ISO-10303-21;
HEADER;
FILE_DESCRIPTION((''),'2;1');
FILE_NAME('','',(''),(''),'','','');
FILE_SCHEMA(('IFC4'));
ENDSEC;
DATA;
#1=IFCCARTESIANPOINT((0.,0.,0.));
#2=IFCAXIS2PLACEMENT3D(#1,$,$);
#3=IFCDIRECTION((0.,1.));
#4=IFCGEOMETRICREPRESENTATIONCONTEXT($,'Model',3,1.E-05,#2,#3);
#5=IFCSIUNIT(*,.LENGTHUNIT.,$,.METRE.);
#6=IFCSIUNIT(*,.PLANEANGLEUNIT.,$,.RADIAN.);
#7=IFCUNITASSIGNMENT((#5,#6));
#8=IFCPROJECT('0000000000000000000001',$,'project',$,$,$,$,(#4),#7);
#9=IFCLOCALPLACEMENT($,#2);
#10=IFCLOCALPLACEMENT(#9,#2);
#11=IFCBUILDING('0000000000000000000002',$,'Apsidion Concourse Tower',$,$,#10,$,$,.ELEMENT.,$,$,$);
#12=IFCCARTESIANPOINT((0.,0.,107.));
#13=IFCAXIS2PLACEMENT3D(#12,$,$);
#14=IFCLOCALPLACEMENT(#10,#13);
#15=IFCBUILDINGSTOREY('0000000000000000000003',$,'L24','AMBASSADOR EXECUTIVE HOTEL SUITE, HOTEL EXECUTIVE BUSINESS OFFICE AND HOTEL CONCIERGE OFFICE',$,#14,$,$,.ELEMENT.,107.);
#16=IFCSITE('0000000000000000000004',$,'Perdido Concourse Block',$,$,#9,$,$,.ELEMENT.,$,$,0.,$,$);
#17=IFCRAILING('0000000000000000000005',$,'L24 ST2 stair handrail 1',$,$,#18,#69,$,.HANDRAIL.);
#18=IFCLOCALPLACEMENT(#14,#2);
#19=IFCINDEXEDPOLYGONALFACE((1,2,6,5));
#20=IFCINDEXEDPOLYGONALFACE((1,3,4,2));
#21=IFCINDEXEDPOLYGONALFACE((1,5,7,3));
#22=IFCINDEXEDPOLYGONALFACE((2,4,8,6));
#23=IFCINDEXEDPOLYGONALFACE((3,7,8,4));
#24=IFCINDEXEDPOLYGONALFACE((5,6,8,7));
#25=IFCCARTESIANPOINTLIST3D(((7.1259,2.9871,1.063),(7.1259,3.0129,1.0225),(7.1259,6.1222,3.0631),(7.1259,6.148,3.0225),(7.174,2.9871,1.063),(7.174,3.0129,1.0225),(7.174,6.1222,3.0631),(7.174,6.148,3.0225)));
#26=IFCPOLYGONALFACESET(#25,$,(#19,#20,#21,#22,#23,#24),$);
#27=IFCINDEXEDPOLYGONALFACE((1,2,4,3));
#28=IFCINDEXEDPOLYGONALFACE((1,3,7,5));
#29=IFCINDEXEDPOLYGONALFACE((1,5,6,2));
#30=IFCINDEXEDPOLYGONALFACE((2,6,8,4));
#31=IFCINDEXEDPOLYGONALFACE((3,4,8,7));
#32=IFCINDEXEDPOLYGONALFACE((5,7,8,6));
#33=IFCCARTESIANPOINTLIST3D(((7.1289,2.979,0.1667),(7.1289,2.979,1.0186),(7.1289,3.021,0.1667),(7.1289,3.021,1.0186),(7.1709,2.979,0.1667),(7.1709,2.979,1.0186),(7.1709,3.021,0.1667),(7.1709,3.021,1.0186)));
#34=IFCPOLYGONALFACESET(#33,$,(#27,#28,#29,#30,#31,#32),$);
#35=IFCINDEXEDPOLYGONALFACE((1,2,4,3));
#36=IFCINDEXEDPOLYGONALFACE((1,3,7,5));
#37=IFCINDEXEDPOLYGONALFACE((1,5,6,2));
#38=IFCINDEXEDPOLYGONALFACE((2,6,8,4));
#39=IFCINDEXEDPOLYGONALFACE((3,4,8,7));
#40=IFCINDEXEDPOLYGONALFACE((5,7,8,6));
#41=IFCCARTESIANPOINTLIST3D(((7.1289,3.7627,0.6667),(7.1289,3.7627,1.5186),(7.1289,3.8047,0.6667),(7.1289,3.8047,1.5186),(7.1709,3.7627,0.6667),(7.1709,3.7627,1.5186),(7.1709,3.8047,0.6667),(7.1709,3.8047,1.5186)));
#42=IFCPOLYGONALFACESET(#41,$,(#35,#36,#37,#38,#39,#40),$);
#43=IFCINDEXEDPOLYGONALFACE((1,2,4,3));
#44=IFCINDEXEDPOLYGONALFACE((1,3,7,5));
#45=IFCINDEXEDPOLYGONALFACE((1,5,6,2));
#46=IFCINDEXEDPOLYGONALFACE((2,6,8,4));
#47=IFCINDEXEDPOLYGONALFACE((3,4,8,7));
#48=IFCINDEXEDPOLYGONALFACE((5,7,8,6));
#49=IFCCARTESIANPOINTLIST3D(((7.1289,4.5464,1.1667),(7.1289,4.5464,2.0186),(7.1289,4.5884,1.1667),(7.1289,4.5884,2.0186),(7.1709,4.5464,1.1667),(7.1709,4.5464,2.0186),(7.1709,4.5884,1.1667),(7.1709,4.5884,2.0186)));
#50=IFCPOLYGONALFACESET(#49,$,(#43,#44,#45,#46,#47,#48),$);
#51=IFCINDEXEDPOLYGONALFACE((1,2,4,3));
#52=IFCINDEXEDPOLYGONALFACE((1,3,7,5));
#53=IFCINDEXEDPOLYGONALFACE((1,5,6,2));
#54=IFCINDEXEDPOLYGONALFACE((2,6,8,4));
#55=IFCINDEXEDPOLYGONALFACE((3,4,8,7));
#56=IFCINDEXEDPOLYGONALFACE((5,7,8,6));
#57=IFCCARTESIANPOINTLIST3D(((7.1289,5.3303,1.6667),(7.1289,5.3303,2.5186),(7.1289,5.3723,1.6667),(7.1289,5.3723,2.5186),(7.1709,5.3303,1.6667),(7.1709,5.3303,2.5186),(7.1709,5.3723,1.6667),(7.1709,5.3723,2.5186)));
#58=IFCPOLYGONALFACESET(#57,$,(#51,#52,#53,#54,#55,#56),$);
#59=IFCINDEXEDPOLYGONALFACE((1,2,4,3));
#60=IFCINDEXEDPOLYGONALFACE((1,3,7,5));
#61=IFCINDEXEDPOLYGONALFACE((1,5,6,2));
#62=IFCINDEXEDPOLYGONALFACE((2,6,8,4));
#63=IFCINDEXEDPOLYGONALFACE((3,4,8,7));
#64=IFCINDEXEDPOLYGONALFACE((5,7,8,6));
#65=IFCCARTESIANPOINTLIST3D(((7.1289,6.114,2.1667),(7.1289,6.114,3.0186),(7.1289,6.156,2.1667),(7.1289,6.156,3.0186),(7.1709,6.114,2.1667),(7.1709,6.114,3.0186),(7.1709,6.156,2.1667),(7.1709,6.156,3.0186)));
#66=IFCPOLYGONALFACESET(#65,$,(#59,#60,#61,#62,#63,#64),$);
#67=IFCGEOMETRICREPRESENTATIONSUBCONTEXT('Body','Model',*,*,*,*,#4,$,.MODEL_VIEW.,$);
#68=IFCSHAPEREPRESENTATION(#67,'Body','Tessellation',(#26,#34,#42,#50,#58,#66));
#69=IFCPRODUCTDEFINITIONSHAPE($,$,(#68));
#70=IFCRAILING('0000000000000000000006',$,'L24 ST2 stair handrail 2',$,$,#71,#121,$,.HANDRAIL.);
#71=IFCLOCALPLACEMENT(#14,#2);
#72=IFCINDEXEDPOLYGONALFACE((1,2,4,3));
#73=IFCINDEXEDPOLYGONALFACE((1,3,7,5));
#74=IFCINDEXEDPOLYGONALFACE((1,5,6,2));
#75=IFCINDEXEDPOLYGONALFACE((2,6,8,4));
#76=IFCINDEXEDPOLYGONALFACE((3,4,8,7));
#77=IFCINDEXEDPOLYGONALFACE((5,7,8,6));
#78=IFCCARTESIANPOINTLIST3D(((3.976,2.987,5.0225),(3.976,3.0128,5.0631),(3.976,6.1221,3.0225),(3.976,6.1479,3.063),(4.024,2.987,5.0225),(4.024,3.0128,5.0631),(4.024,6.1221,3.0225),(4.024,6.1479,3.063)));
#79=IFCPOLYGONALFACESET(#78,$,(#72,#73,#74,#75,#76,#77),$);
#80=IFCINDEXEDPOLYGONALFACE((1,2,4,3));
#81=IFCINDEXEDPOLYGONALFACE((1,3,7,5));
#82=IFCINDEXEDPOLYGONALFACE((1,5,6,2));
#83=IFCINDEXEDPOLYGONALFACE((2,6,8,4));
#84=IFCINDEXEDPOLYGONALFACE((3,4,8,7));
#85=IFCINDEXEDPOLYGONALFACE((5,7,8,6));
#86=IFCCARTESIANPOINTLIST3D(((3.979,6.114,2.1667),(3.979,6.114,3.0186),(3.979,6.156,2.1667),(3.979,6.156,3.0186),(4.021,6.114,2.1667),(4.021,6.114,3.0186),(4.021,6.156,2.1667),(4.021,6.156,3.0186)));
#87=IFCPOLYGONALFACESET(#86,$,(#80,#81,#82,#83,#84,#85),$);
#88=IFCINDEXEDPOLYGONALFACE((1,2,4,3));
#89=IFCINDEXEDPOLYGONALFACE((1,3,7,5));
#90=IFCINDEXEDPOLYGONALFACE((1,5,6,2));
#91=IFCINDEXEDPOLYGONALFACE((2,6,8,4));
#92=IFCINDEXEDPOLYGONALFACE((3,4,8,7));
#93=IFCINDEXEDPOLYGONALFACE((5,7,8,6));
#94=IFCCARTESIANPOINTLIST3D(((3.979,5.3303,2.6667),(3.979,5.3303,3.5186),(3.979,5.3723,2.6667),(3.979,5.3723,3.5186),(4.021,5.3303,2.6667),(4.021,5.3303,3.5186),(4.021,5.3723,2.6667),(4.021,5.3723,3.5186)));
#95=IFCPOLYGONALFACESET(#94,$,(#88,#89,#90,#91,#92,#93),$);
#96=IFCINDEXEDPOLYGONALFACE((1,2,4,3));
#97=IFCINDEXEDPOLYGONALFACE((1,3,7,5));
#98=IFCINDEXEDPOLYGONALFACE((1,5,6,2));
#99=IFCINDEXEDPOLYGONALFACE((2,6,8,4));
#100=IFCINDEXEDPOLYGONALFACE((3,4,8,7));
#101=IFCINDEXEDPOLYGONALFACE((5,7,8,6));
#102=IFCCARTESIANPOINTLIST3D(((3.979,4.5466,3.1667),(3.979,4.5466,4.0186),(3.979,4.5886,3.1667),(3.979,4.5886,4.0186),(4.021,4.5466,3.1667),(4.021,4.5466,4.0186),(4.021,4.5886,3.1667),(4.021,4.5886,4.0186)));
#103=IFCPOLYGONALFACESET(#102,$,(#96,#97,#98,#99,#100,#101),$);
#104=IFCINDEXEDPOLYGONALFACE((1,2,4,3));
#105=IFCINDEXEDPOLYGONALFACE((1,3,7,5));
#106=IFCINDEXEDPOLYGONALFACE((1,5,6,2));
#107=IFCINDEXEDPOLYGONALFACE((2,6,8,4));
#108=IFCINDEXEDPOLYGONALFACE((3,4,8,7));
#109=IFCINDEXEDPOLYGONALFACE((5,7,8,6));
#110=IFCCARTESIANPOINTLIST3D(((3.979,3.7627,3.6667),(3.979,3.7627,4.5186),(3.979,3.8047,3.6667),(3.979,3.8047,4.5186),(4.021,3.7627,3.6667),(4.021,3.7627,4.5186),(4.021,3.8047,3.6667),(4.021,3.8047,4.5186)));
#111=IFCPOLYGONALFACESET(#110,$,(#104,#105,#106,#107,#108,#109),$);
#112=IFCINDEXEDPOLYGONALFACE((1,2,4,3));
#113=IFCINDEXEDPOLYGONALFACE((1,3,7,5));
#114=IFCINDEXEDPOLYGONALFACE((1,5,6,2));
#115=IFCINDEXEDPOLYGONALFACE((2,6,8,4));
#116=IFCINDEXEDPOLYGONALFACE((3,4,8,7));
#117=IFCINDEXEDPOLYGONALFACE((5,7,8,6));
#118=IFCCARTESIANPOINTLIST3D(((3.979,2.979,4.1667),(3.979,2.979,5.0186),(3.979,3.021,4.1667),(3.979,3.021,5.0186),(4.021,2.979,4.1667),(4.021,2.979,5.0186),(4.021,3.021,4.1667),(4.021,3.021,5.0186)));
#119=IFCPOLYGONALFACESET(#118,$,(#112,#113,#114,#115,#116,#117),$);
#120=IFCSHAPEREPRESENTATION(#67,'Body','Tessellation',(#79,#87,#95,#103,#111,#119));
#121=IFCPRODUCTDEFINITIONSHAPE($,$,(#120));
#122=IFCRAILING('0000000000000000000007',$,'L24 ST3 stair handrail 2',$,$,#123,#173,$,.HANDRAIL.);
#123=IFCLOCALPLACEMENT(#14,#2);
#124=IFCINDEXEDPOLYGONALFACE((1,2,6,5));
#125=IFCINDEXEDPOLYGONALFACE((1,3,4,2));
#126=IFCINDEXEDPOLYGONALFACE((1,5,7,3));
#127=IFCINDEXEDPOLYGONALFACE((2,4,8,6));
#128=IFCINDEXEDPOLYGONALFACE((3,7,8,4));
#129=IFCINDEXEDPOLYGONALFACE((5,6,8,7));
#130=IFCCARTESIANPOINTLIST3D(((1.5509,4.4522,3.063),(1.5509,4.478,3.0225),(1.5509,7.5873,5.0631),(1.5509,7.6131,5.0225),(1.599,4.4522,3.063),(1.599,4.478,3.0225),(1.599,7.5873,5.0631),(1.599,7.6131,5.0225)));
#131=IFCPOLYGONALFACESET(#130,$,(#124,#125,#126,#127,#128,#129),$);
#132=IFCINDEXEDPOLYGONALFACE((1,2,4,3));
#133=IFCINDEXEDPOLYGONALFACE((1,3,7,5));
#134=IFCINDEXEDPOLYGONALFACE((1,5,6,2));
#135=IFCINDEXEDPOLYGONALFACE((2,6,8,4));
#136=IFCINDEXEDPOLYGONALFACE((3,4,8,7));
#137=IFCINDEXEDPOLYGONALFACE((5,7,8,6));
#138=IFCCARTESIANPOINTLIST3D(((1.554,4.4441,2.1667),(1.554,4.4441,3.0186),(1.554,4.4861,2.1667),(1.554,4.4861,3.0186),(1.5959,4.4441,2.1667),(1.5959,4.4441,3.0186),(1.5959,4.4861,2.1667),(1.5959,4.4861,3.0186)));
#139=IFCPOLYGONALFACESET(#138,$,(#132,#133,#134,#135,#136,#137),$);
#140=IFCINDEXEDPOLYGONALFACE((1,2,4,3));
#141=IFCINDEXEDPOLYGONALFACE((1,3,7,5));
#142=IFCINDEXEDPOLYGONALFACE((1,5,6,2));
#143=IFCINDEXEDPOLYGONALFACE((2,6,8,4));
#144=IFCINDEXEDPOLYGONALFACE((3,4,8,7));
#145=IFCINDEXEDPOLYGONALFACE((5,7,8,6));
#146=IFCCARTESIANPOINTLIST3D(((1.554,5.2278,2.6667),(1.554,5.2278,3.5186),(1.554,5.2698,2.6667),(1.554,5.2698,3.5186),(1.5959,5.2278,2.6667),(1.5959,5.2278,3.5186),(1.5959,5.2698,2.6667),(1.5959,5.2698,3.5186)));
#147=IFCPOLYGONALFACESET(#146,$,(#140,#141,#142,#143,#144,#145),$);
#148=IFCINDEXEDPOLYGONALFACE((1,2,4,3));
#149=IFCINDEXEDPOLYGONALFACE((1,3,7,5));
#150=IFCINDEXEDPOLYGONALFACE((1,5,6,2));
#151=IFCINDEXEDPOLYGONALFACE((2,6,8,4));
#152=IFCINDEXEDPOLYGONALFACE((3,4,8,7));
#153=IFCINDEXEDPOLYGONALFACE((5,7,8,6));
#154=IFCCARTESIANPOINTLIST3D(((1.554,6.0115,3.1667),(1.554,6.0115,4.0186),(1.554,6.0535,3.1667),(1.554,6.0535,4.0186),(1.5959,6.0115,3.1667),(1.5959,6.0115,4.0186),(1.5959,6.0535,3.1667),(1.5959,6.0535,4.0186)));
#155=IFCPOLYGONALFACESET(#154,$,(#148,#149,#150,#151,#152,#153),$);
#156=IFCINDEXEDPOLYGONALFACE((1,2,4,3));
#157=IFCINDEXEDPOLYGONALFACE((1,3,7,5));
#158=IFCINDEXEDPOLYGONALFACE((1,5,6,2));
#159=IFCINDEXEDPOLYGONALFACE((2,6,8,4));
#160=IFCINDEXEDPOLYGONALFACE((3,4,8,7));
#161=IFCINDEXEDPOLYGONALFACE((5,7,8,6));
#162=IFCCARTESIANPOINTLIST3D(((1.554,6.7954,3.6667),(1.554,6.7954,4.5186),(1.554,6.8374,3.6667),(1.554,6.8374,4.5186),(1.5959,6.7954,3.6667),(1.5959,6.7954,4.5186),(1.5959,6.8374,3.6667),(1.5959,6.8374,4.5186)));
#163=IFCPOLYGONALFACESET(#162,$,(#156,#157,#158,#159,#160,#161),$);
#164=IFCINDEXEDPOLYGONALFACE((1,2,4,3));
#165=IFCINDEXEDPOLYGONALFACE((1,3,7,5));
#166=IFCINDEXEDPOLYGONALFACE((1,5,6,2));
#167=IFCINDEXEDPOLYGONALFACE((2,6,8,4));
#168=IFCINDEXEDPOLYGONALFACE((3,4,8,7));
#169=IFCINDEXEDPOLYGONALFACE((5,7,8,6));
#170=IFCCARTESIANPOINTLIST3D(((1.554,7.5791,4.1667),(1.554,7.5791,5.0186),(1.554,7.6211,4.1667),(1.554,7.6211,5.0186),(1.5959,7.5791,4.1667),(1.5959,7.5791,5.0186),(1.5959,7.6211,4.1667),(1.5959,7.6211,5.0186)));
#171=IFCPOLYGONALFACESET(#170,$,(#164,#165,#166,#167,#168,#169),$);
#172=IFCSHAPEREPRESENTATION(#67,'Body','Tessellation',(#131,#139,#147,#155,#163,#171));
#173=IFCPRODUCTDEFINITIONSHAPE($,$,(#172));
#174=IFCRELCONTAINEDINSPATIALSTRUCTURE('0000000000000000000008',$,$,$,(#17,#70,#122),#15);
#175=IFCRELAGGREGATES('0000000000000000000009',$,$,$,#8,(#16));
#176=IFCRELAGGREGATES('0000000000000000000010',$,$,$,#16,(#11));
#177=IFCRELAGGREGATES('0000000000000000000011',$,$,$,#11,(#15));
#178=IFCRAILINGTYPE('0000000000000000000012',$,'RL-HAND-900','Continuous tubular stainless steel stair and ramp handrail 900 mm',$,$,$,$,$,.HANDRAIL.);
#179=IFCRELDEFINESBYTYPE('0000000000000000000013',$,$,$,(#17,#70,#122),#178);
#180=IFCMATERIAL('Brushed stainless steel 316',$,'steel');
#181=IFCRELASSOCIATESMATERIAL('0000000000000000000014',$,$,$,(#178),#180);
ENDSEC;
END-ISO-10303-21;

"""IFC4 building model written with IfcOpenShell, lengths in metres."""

from ifc_helpers import new_model, si_unit, direction, frame, origin, origin_2d, place, context, subcontext, project, spatial, rectangle, extrude, material, type_object, element, save


model = new_model("IFC4")

# Units and contexts
model_context = context("Model", 3, precision=1e-05, world=origin(), true_north=direction((0.0, 1.0)))
body_context = subcontext(model_context, "Body", "Model", "MODEL_VIEW")
ifc_project = project(units=[si_unit("LENGTHUNIT", "METRE"), si_unit("PLANEANGLEUNIT", "RADIAN")], contexts=[model_context])

# Site, building, storey
site_placement = place(None, origin())
site = spatial("IfcSite", under=ifc_project, at=site_placement, Name="Perdido Concourse Block", CompositionType="ELEMENT", RefElevation=0.0)
building_placement = place(site_placement, origin())
building = spatial("IfcBuilding", under=site, at=building_placement, Name="Apsidion Concourse Tower", CompositionType="ELEMENT")
storey_placement = place(building_placement, frame((0.0, 0.0, 107.0)))
storey = spatial("IfcBuildingStorey", under=building, at=storey_placement, Name="L24", Description="AMBASSADOR EXECUTIVE HOTEL SUITE, HOTEL EXECUTIVE BUSINESS OFFICE AND HOTEL CONCIERGE OFFICE", CompositionType="ELEMENT", Elevation=107.0)

# Railings
ifc_material_1 = material(Name="Brushed stainless steel 316", Category="steel")
railing_type_1 = type_object("IfcRailingType", Name="RL-HAND-900", Description="Continuous tubular stainless steel stair and ramp handrail 900 mm", PredefinedType="HANDRAIL", material=ifc_material_1)
railing_1_placement = place(storey_placement, frame((7.1499, 3.0, 0.1667)))
element("IfcRailing", 1, at=railing_1_placement, inside=storey, type_object=railing_type_1, Name="L24 ST2 stair handrail 1", PredefinedType="HANDRAIL", context=body_context, shape_type="SweptSolid", body=[
    extrude(rectangle(XDim=0.0481, YDim=0.0481, at=origin_2d()), frame((0.0, 0.0, 0.876), z_axis=(0.0, 0.843053, 0.537831), x_axis=(-1.0, 0.0, 0.0)), (0.0, 0.0, 1.0), 3.7188),
    extrude(rectangle(XDim=0.042, YDim=0.042, at=origin_2d()), origin(), (0.0, 0.0, 1.0), 0.8518),
    extrude(rectangle(XDim=0.042, YDim=0.042, at=origin_2d()), frame((0.0, 0.7837, 0.5)), (0.0, 0.0, 1.0), 0.8518),
    extrude(rectangle(XDim=0.042, YDim=0.042, at=origin_2d()), frame((0.0, 1.5674, 1.0)), (0.0, 0.0, 1.0), 0.8518),
    extrude(rectangle(XDim=0.042, YDim=0.042, at=origin_2d()), frame((0.0, 2.3513, 1.5)), (0.0, 0.0, 1.0), 0.8518),
    extrude(rectangle(XDim=0.042, YDim=0.042, at=origin_2d()), frame((0.0, 3.135, 2.0)), (0.0, 0.0, 1.0), 0.8518),
])
railing_2_placement = place(storey_placement, frame((4.0, 6.135, 2.1667)))
element("IfcRailing", 2, at=railing_2_placement, inside=storey, type_object=railing_type_1, Name="L24 ST2 stair handrail 2", PredefinedType="HANDRAIL", context=body_context, shape_type="SweptSolid", body=[
    extrude(rectangle(XDim=0.0481, YDim=0.0481, at=origin_2d()), frame((0.0, 0.0, 0.876), z_axis=(0.0, -0.843053, 0.537831), x_axis=(1.0, 0.0, 0.0)), (0.0, 0.0, 1.0), 3.7188),
    extrude(rectangle(XDim=0.042, YDim=0.042, at=origin_2d()), origin(), (0.0, 0.0, 1.0), 0.8518),
    extrude(rectangle(XDim=0.042, YDim=0.042, at=origin_2d()), frame((0.0, -0.7837, 0.5)), (0.0, 0.0, 1.0), 0.8518),
    extrude(rectangle(XDim=0.042, YDim=0.042, at=origin_2d()), frame((0.0, -1.5674, 1.0)), (0.0, 0.0, 1.0), 0.8518),
    extrude(rectangle(XDim=0.042, YDim=0.042, at=origin_2d()), frame((0.0, -2.3513, 1.5)), (0.0, 0.0, 1.0), 0.8518),
    extrude(rectangle(XDim=0.042, YDim=0.042, at=origin_2d()), frame((0.0, -3.135, 2.0)), (0.0, 0.0, 1.0), 0.8518),
])
railing_3_placement = place(storey_placement, frame((1.575, 4.4651, 2.1667)))
element("IfcRailing", 3, at=railing_3_placement, inside=storey, type_object=railing_type_1, Name="L24 ST3 stair handrail 2", PredefinedType="HANDRAIL", context=body_context, shape_type="SweptSolid", body=[
    extrude(rectangle(XDim=0.0481, YDim=0.0481, at=origin_2d()), frame((0.0, 0.0, 0.876), z_axis=(0.0, 0.843053, 0.537831), x_axis=(-1.0, 0.0, 0.0)), (0.0, 0.0, 1.0), 3.7188),
    extrude(rectangle(XDim=0.042, YDim=0.042, at=origin_2d()), origin(), (0.0, 0.0, 1.0), 0.8518),
    extrude(rectangle(XDim=0.042, YDim=0.042, at=origin_2d()), frame((0.0, 0.7837, 0.5)), (0.0, 0.0, 1.0), 0.8518),
    extrude(rectangle(XDim=0.042, YDim=0.042, at=origin_2d()), frame((0.0, 1.5674, 1.0)), (0.0, 0.0, 1.0), 0.8518),
    extrude(rectangle(XDim=0.042, YDim=0.042, at=origin_2d()), frame((0.0, 2.3513, 1.5)), (0.0, 0.0, 1.0), 0.8518),
    extrude(rectangle(XDim=0.042, YDim=0.042, at=origin_2d()), frame((0.0, 3.135, 2.0)), (0.0, 0.0, 1.0), 0.8518),
])

save(model, "model.ifc")
